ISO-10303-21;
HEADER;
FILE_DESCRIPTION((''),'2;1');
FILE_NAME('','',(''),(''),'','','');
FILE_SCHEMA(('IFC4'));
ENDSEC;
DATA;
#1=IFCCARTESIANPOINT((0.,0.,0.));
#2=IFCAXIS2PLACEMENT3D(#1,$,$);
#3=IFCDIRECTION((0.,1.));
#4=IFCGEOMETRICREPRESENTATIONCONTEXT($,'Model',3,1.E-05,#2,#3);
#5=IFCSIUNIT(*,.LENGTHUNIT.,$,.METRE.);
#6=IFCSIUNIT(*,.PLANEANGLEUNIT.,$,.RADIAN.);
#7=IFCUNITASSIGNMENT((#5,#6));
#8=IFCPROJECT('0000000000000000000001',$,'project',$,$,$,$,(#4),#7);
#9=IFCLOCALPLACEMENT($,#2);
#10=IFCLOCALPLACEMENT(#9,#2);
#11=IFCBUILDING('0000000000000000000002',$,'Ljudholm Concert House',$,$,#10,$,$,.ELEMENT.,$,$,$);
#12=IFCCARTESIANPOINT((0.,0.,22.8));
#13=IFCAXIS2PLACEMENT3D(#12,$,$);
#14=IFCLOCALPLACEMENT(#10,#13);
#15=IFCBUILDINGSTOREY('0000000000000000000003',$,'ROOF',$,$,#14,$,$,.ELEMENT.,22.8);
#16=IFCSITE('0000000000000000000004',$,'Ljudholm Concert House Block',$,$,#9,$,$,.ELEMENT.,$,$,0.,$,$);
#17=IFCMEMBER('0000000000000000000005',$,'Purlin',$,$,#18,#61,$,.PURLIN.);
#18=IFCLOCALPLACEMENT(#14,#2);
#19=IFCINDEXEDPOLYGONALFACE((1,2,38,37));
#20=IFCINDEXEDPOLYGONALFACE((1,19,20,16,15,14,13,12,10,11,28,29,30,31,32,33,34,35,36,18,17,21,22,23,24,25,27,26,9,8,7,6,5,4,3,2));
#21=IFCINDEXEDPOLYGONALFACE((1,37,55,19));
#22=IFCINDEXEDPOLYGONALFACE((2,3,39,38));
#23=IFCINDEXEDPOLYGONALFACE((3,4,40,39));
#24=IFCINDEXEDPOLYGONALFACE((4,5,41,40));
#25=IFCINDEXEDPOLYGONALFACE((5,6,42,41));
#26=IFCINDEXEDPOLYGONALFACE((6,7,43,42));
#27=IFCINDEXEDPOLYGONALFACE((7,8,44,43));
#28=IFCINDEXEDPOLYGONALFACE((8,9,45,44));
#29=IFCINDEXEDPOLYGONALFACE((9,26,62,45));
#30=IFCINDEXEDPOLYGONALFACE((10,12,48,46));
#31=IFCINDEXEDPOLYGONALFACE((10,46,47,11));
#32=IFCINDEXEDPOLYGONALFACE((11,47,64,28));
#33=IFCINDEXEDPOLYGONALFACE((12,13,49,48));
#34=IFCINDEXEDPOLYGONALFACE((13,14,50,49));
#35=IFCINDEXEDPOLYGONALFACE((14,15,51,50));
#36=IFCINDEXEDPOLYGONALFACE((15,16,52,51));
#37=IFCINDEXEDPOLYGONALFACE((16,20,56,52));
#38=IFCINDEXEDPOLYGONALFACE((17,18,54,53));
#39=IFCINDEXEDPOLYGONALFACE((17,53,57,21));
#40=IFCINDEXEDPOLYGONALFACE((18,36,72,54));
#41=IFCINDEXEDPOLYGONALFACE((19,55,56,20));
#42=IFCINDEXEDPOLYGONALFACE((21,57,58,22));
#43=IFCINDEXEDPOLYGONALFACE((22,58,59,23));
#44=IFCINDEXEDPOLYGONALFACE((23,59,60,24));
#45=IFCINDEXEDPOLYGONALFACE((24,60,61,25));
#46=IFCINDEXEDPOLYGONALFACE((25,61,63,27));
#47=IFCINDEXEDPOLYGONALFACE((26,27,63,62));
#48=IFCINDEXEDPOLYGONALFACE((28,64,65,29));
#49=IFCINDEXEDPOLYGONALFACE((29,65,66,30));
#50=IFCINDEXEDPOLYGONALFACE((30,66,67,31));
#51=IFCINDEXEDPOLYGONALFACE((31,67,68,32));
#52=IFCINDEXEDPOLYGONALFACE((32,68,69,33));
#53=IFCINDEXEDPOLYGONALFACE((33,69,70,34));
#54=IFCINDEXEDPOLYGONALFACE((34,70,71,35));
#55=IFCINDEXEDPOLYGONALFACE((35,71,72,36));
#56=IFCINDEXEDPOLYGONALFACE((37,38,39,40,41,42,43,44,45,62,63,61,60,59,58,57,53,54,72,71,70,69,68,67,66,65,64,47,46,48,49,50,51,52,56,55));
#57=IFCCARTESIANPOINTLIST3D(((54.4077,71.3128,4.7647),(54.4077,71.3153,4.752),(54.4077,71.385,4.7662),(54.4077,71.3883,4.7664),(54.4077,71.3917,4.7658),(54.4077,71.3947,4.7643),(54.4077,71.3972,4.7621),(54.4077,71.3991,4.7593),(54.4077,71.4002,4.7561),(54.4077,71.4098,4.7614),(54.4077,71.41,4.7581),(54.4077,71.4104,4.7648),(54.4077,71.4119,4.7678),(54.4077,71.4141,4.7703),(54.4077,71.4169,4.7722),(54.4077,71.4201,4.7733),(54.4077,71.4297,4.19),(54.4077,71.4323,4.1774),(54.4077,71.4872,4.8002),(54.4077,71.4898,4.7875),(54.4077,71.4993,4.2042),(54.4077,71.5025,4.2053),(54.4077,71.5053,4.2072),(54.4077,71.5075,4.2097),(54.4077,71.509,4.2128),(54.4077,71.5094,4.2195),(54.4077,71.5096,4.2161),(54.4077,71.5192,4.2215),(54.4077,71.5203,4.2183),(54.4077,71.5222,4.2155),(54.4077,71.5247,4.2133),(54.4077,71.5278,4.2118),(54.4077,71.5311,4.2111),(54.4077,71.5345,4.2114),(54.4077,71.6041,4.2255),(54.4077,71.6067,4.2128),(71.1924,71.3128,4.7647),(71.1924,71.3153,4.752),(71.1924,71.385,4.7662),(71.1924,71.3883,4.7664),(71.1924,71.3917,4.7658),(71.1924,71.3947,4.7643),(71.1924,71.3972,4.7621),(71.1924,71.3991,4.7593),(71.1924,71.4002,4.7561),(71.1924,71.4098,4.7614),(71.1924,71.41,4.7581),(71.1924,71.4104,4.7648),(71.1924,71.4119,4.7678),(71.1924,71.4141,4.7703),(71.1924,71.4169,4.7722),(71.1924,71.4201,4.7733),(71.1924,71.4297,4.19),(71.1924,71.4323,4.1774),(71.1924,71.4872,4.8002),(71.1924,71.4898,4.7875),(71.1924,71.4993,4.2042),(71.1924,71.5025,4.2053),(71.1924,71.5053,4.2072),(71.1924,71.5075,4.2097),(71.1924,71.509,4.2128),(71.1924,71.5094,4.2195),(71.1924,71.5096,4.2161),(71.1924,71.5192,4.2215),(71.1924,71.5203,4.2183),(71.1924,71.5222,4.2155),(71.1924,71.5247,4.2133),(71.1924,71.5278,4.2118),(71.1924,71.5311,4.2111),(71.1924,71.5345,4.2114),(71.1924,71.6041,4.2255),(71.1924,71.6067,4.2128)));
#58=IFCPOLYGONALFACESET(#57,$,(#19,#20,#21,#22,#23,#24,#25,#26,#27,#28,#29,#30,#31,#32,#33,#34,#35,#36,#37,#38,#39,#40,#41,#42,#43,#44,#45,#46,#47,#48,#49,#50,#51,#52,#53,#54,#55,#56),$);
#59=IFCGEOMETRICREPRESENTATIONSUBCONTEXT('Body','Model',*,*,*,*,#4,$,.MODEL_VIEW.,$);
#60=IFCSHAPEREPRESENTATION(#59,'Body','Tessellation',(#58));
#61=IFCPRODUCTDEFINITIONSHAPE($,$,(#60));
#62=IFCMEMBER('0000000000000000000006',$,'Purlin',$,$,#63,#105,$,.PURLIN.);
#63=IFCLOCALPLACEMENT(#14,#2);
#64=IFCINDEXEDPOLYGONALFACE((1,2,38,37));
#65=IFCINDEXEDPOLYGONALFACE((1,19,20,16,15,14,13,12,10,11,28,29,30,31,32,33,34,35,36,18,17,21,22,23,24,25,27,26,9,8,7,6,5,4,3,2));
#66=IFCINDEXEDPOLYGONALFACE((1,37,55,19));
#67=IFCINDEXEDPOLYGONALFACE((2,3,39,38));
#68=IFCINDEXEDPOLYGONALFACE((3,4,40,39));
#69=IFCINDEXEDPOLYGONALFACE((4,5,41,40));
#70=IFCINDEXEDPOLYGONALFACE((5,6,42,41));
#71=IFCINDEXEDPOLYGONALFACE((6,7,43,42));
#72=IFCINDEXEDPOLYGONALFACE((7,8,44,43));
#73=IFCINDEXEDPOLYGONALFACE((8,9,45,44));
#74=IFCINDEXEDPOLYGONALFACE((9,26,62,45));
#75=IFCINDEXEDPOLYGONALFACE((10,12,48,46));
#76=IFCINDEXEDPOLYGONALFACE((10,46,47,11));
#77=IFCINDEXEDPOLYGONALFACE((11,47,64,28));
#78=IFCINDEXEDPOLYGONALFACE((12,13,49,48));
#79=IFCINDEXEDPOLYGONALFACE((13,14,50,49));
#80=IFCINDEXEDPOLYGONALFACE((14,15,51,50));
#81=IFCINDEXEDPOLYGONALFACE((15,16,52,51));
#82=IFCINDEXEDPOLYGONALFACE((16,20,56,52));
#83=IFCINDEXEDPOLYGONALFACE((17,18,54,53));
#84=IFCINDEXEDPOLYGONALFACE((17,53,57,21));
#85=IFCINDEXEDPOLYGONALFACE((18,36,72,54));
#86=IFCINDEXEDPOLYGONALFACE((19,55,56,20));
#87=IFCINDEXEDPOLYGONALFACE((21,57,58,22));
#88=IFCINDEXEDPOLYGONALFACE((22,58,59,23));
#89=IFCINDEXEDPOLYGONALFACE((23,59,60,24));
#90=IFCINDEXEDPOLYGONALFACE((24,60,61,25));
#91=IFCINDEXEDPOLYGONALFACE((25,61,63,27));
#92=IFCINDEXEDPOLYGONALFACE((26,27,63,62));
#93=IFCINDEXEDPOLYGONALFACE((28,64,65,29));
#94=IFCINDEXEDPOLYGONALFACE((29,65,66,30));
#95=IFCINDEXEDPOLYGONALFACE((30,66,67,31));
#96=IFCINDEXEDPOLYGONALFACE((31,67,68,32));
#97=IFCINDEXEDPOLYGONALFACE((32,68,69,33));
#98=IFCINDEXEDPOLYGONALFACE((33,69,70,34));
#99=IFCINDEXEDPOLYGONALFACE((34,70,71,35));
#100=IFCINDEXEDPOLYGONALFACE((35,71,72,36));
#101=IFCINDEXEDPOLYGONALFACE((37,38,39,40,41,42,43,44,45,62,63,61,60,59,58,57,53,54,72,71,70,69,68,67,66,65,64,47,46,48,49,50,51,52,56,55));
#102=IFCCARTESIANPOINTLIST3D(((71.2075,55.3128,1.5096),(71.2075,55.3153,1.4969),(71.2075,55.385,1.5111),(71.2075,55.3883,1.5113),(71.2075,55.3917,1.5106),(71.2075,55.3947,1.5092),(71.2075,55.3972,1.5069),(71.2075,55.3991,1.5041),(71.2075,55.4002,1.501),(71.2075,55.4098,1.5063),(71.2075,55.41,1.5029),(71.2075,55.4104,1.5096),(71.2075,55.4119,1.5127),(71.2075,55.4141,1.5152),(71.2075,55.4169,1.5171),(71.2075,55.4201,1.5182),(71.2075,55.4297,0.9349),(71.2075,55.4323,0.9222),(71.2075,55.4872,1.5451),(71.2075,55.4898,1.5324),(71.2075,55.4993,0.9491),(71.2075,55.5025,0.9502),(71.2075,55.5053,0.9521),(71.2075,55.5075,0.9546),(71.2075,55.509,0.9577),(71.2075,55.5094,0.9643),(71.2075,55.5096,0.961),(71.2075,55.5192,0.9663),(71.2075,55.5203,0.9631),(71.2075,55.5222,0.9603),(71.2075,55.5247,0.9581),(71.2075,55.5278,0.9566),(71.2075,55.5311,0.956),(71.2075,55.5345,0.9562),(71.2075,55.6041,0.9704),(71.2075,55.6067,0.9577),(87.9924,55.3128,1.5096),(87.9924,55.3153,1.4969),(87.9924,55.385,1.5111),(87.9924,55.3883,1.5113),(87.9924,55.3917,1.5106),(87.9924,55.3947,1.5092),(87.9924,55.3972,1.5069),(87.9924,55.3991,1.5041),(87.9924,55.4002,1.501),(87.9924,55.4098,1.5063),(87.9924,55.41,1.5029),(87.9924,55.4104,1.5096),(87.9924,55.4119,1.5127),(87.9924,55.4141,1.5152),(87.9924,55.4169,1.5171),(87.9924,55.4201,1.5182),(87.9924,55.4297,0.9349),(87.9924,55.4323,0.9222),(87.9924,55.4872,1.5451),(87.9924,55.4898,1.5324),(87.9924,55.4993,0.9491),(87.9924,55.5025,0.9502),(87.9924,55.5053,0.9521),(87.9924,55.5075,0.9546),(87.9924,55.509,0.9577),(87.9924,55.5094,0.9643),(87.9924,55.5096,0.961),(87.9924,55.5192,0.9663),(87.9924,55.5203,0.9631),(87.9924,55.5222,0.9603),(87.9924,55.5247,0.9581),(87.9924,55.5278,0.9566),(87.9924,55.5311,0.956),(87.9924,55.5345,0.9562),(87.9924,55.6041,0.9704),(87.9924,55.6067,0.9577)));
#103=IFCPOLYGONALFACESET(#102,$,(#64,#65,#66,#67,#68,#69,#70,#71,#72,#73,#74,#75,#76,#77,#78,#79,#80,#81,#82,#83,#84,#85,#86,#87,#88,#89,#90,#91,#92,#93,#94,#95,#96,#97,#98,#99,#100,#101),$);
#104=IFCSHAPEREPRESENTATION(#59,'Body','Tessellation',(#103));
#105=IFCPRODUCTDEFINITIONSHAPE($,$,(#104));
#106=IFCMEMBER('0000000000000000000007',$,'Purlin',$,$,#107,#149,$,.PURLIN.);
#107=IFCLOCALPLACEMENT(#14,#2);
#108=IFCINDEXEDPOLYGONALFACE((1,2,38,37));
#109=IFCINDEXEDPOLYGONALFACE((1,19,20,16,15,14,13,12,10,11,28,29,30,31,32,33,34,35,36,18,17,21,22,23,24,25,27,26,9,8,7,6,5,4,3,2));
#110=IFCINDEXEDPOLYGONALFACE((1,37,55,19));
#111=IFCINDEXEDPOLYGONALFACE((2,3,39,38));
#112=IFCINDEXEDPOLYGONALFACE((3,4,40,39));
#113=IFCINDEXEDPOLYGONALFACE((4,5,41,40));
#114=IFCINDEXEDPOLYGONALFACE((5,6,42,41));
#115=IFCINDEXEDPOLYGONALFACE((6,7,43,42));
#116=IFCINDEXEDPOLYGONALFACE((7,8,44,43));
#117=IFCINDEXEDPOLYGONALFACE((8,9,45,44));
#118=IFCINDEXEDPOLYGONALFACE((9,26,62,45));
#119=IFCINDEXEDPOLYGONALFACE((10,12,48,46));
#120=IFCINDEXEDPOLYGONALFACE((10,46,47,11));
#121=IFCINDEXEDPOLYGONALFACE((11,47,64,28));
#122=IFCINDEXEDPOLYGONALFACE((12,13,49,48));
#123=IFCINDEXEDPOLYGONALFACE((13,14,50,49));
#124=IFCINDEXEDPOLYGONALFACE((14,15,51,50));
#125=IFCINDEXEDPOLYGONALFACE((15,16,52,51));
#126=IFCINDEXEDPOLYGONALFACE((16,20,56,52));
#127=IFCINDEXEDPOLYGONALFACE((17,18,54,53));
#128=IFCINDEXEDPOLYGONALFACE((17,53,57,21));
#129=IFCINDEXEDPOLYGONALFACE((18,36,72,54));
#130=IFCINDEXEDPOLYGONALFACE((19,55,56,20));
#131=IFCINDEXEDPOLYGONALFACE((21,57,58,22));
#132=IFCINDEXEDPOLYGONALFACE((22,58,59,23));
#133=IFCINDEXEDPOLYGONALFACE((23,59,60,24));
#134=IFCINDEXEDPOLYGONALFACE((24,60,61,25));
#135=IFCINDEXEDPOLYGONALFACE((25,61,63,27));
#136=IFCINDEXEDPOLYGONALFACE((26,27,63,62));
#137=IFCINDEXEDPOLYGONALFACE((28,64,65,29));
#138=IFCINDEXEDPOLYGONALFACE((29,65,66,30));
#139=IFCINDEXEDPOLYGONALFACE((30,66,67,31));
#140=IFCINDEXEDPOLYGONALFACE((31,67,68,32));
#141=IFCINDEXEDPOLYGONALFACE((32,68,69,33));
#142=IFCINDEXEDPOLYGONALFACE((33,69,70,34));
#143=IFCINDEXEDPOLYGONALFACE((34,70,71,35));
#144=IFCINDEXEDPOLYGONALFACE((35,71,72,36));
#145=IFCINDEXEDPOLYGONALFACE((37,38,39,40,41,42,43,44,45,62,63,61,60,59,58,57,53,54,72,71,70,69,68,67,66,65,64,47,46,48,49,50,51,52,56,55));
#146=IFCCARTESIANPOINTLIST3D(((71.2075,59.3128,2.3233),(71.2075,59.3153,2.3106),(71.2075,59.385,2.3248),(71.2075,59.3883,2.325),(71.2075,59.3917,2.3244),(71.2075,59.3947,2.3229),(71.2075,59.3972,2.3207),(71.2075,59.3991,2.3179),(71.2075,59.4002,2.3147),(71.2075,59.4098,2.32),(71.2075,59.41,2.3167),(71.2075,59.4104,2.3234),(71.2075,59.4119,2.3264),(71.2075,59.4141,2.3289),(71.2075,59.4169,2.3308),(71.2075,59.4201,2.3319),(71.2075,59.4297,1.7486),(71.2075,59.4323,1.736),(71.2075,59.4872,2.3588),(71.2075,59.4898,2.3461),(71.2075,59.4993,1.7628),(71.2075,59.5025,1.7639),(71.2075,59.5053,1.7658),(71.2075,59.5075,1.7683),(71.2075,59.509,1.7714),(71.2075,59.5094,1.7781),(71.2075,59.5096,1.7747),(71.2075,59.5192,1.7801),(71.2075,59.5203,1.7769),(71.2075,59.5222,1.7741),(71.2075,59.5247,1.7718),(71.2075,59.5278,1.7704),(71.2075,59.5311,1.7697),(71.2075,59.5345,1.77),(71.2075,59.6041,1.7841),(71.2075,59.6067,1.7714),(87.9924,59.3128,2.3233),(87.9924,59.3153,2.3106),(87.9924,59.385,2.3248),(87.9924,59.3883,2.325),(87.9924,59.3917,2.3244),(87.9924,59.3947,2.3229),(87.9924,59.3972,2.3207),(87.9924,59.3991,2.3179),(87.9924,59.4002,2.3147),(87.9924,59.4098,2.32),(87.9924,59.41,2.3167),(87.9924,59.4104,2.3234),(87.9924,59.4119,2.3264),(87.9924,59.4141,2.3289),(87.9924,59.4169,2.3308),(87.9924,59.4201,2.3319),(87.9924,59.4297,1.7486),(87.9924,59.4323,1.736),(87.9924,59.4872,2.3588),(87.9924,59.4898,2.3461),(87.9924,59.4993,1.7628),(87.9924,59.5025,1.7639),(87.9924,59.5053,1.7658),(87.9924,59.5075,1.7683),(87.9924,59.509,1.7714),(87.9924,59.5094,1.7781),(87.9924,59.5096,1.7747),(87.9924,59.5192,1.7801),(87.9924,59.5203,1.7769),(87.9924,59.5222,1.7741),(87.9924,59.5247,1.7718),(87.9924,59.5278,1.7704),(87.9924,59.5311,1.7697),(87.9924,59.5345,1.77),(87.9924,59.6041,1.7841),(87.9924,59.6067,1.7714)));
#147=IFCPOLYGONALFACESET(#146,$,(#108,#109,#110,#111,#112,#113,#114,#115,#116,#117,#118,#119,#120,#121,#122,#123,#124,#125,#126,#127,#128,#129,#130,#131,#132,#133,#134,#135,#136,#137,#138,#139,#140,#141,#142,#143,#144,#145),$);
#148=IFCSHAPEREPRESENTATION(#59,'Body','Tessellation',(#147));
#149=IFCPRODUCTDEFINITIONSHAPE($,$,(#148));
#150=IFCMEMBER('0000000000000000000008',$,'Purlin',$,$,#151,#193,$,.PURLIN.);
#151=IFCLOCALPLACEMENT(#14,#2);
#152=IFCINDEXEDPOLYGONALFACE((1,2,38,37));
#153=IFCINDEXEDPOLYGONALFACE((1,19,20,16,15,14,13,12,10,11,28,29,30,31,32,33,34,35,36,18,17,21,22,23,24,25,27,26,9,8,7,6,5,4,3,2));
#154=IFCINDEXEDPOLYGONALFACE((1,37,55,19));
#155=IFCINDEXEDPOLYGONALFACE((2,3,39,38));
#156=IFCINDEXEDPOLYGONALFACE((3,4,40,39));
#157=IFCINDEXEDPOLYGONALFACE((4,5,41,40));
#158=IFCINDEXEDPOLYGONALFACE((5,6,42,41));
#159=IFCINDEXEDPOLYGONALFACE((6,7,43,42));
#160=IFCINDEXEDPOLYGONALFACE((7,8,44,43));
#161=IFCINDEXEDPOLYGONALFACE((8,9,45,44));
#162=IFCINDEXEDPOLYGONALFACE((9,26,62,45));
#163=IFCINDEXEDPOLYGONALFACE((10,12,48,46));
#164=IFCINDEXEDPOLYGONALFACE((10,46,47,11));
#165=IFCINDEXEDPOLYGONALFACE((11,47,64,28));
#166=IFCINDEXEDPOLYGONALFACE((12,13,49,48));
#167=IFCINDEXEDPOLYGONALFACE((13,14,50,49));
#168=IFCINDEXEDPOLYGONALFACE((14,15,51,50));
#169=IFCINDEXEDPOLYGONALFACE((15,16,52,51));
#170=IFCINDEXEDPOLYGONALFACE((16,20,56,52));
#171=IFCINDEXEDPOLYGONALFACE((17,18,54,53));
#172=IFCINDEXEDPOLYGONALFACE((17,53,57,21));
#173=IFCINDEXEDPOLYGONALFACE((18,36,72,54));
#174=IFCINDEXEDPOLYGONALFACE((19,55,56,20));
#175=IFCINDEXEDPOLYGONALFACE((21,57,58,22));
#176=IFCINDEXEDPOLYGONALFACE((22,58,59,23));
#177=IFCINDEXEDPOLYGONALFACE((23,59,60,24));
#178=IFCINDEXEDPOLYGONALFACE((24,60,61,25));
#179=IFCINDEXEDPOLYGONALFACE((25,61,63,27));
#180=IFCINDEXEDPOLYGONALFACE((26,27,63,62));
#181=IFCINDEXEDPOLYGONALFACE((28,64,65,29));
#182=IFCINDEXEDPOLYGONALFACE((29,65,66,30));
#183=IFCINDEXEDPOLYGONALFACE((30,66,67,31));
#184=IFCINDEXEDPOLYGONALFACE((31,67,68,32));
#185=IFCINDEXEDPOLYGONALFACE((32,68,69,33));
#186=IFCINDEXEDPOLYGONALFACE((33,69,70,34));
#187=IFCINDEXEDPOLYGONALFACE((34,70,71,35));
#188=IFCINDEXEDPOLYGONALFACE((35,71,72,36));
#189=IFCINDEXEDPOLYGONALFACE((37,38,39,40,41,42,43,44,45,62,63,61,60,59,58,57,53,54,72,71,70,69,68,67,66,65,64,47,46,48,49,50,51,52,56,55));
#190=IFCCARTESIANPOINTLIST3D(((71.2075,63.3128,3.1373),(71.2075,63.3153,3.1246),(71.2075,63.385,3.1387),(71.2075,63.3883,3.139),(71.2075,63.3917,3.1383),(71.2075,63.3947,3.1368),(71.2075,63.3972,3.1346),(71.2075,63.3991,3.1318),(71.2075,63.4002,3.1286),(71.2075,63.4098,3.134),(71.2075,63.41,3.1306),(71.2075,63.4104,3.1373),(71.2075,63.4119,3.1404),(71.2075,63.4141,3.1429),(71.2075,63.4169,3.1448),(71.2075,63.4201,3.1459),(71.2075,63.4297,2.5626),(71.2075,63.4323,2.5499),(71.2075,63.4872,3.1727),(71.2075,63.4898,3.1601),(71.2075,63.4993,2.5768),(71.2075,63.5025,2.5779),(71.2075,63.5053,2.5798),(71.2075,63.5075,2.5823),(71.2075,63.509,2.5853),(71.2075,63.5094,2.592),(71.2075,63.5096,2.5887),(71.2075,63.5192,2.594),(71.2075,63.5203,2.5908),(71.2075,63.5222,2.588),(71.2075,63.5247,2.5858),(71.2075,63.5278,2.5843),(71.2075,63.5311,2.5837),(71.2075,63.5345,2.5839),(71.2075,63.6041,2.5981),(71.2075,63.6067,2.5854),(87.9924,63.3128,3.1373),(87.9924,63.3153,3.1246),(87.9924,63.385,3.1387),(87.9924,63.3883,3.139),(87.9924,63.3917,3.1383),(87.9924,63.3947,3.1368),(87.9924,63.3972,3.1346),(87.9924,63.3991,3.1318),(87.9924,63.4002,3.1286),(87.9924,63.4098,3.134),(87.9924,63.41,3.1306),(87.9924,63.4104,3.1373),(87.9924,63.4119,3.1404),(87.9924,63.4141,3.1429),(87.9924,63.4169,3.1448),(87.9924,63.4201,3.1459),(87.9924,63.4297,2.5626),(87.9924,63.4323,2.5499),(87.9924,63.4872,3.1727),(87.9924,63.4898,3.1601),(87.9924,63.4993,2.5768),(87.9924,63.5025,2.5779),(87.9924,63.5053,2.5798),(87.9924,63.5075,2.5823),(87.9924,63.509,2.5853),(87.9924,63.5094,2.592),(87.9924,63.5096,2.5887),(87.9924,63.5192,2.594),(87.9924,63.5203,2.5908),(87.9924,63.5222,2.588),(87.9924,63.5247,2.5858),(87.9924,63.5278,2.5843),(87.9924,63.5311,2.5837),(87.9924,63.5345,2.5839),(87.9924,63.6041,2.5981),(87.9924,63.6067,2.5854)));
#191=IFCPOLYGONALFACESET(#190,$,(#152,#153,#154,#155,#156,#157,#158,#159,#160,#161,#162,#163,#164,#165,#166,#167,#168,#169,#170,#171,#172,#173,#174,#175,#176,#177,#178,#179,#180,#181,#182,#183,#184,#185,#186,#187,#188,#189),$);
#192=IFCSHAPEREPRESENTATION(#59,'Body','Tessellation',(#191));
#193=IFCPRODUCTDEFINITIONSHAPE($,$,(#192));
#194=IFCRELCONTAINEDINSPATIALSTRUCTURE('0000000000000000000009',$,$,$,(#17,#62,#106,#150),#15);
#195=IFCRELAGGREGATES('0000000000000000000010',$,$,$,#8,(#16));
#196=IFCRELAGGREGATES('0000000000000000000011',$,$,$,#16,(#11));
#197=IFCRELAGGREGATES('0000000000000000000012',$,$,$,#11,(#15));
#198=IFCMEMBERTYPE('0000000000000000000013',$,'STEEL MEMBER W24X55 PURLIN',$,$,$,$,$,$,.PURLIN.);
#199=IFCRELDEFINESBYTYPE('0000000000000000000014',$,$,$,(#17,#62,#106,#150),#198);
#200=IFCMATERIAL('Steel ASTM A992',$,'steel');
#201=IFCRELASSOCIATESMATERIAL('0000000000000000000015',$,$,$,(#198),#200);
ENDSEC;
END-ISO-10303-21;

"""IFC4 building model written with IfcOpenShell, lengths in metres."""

from ifc_helpers import new_model, si_unit, direction, frame, origin, origin_2d, place, context, subcontext, project, spatial, i_section, extrude, material, material_profile, profile_set, type_object, element, save


model = new_model("IFC4")

# Units and contexts
model_context = context("Model", 3, precision=1e-05, world=origin(), true_north=direction((0.0, 1.0)))
body_context = subcontext(model_context, "Body", "Model", "MODEL_VIEW")
ifc_project = project(units=[si_unit("LENGTHUNIT", "METRE"), si_unit("PLANEANGLEUNIT", "RADIAN")], contexts=[model_context])

# Site, building, storey
site_placement = place(None, origin())
site = spatial("IfcSite", under=ifc_project, at=site_placement, Name="Ljudholm Concert House Block", CompositionType="ELEMENT", RefElevation=0.0)
building_placement = place(site_placement, origin())
building = spatial("IfcBuilding", under=site, at=building_placement, Name="Ljudholm Concert House", CompositionType="ELEMENT")
storey_placement = place(building_placement, frame((0.0, 0.0, 22.8)))
storey = spatial("IfcBuildingStorey", under=building, at=storey_placement, Name="ROOF", CompositionType="ELEMENT", Elevation=22.8)

# Members
ifc_material_1 = material(Name="Steel ASTM A992", Category="steel")
ifc_material_profile_1 = material_profile(ifc_material_1, i_section(OverallWidth=0.178, OverallDepth=0.5994, WebThickness=0.01, FlangeThickness=0.0129, FilletRadius=0.0129, at=origin_2d()), Name="W24X55")
ifc_profile_set_1 = profile_set([ifc_material_profile_1], Name="Steel ASTM A992")
member_type_1 = type_object("IfcMemberType", Name="STEEL MEMBER W24X55 PURLIN", PredefinedType="PURLIN", material=ifc_profile_set_1)
for number, where, z_axis, x_axis, name in (
    (1, (54.4077, 71.4597, 4.4888), (1.0, 0.0, 0.0), (0.0, 0.979925, 0.199368), "Purlin"),
):
    element("IfcMember", number, at=place(storey_placement, frame(where, z_axis=z_axis, x_axis=x_axis)), inside=storey, type_object=member_type_1, Name=name, PredefinedType="PURLIN", context=body_context, shape_type="SweptSolid", body=[
        extrude(i_section(OverallWidth=0.178, OverallDepth=0.5994, WebThickness=0.01, FlangeThickness=0.0129, FilletRadius=0.0129, at=origin_2d()), origin(), (0.0, 0.0, 1.0), 16.7847),
    ])
for number, where, z_axis, x_axis, name in (
    (2, (71.2075, 55.4597, 1.2336), (1.0, 0.0, 0.0), (0.0, 0.979925, 0.199368), "Purlin"),
    (3, (71.2075, 59.4597, 2.0474), (1.0, 0.0, 0.0), (0.0, 0.979925, 0.199368), "Purlin"),
    (4, (71.2075, 63.4597, 2.8613), (1.0, 0.0, 0.0), (0.0, 0.979925, 0.199368), "Purlin"),
):
    element("IfcMember", number, at=place(storey_placement, frame(where, z_axis=z_axis, x_axis=x_axis)), inside=storey, type_object=member_type_1, Name=name, PredefinedType="PURLIN", context=body_context, shape_type="SweptSolid", body=[
        extrude(i_section(OverallWidth=0.178, OverallDepth=0.5994, WebThickness=0.01, FlangeThickness=0.0129, FilletRadius=0.0129, at=origin_2d()), origin(), (0.0, 0.0, 1.0), 16.7849),
    ])

save(model, "model.ifc")
